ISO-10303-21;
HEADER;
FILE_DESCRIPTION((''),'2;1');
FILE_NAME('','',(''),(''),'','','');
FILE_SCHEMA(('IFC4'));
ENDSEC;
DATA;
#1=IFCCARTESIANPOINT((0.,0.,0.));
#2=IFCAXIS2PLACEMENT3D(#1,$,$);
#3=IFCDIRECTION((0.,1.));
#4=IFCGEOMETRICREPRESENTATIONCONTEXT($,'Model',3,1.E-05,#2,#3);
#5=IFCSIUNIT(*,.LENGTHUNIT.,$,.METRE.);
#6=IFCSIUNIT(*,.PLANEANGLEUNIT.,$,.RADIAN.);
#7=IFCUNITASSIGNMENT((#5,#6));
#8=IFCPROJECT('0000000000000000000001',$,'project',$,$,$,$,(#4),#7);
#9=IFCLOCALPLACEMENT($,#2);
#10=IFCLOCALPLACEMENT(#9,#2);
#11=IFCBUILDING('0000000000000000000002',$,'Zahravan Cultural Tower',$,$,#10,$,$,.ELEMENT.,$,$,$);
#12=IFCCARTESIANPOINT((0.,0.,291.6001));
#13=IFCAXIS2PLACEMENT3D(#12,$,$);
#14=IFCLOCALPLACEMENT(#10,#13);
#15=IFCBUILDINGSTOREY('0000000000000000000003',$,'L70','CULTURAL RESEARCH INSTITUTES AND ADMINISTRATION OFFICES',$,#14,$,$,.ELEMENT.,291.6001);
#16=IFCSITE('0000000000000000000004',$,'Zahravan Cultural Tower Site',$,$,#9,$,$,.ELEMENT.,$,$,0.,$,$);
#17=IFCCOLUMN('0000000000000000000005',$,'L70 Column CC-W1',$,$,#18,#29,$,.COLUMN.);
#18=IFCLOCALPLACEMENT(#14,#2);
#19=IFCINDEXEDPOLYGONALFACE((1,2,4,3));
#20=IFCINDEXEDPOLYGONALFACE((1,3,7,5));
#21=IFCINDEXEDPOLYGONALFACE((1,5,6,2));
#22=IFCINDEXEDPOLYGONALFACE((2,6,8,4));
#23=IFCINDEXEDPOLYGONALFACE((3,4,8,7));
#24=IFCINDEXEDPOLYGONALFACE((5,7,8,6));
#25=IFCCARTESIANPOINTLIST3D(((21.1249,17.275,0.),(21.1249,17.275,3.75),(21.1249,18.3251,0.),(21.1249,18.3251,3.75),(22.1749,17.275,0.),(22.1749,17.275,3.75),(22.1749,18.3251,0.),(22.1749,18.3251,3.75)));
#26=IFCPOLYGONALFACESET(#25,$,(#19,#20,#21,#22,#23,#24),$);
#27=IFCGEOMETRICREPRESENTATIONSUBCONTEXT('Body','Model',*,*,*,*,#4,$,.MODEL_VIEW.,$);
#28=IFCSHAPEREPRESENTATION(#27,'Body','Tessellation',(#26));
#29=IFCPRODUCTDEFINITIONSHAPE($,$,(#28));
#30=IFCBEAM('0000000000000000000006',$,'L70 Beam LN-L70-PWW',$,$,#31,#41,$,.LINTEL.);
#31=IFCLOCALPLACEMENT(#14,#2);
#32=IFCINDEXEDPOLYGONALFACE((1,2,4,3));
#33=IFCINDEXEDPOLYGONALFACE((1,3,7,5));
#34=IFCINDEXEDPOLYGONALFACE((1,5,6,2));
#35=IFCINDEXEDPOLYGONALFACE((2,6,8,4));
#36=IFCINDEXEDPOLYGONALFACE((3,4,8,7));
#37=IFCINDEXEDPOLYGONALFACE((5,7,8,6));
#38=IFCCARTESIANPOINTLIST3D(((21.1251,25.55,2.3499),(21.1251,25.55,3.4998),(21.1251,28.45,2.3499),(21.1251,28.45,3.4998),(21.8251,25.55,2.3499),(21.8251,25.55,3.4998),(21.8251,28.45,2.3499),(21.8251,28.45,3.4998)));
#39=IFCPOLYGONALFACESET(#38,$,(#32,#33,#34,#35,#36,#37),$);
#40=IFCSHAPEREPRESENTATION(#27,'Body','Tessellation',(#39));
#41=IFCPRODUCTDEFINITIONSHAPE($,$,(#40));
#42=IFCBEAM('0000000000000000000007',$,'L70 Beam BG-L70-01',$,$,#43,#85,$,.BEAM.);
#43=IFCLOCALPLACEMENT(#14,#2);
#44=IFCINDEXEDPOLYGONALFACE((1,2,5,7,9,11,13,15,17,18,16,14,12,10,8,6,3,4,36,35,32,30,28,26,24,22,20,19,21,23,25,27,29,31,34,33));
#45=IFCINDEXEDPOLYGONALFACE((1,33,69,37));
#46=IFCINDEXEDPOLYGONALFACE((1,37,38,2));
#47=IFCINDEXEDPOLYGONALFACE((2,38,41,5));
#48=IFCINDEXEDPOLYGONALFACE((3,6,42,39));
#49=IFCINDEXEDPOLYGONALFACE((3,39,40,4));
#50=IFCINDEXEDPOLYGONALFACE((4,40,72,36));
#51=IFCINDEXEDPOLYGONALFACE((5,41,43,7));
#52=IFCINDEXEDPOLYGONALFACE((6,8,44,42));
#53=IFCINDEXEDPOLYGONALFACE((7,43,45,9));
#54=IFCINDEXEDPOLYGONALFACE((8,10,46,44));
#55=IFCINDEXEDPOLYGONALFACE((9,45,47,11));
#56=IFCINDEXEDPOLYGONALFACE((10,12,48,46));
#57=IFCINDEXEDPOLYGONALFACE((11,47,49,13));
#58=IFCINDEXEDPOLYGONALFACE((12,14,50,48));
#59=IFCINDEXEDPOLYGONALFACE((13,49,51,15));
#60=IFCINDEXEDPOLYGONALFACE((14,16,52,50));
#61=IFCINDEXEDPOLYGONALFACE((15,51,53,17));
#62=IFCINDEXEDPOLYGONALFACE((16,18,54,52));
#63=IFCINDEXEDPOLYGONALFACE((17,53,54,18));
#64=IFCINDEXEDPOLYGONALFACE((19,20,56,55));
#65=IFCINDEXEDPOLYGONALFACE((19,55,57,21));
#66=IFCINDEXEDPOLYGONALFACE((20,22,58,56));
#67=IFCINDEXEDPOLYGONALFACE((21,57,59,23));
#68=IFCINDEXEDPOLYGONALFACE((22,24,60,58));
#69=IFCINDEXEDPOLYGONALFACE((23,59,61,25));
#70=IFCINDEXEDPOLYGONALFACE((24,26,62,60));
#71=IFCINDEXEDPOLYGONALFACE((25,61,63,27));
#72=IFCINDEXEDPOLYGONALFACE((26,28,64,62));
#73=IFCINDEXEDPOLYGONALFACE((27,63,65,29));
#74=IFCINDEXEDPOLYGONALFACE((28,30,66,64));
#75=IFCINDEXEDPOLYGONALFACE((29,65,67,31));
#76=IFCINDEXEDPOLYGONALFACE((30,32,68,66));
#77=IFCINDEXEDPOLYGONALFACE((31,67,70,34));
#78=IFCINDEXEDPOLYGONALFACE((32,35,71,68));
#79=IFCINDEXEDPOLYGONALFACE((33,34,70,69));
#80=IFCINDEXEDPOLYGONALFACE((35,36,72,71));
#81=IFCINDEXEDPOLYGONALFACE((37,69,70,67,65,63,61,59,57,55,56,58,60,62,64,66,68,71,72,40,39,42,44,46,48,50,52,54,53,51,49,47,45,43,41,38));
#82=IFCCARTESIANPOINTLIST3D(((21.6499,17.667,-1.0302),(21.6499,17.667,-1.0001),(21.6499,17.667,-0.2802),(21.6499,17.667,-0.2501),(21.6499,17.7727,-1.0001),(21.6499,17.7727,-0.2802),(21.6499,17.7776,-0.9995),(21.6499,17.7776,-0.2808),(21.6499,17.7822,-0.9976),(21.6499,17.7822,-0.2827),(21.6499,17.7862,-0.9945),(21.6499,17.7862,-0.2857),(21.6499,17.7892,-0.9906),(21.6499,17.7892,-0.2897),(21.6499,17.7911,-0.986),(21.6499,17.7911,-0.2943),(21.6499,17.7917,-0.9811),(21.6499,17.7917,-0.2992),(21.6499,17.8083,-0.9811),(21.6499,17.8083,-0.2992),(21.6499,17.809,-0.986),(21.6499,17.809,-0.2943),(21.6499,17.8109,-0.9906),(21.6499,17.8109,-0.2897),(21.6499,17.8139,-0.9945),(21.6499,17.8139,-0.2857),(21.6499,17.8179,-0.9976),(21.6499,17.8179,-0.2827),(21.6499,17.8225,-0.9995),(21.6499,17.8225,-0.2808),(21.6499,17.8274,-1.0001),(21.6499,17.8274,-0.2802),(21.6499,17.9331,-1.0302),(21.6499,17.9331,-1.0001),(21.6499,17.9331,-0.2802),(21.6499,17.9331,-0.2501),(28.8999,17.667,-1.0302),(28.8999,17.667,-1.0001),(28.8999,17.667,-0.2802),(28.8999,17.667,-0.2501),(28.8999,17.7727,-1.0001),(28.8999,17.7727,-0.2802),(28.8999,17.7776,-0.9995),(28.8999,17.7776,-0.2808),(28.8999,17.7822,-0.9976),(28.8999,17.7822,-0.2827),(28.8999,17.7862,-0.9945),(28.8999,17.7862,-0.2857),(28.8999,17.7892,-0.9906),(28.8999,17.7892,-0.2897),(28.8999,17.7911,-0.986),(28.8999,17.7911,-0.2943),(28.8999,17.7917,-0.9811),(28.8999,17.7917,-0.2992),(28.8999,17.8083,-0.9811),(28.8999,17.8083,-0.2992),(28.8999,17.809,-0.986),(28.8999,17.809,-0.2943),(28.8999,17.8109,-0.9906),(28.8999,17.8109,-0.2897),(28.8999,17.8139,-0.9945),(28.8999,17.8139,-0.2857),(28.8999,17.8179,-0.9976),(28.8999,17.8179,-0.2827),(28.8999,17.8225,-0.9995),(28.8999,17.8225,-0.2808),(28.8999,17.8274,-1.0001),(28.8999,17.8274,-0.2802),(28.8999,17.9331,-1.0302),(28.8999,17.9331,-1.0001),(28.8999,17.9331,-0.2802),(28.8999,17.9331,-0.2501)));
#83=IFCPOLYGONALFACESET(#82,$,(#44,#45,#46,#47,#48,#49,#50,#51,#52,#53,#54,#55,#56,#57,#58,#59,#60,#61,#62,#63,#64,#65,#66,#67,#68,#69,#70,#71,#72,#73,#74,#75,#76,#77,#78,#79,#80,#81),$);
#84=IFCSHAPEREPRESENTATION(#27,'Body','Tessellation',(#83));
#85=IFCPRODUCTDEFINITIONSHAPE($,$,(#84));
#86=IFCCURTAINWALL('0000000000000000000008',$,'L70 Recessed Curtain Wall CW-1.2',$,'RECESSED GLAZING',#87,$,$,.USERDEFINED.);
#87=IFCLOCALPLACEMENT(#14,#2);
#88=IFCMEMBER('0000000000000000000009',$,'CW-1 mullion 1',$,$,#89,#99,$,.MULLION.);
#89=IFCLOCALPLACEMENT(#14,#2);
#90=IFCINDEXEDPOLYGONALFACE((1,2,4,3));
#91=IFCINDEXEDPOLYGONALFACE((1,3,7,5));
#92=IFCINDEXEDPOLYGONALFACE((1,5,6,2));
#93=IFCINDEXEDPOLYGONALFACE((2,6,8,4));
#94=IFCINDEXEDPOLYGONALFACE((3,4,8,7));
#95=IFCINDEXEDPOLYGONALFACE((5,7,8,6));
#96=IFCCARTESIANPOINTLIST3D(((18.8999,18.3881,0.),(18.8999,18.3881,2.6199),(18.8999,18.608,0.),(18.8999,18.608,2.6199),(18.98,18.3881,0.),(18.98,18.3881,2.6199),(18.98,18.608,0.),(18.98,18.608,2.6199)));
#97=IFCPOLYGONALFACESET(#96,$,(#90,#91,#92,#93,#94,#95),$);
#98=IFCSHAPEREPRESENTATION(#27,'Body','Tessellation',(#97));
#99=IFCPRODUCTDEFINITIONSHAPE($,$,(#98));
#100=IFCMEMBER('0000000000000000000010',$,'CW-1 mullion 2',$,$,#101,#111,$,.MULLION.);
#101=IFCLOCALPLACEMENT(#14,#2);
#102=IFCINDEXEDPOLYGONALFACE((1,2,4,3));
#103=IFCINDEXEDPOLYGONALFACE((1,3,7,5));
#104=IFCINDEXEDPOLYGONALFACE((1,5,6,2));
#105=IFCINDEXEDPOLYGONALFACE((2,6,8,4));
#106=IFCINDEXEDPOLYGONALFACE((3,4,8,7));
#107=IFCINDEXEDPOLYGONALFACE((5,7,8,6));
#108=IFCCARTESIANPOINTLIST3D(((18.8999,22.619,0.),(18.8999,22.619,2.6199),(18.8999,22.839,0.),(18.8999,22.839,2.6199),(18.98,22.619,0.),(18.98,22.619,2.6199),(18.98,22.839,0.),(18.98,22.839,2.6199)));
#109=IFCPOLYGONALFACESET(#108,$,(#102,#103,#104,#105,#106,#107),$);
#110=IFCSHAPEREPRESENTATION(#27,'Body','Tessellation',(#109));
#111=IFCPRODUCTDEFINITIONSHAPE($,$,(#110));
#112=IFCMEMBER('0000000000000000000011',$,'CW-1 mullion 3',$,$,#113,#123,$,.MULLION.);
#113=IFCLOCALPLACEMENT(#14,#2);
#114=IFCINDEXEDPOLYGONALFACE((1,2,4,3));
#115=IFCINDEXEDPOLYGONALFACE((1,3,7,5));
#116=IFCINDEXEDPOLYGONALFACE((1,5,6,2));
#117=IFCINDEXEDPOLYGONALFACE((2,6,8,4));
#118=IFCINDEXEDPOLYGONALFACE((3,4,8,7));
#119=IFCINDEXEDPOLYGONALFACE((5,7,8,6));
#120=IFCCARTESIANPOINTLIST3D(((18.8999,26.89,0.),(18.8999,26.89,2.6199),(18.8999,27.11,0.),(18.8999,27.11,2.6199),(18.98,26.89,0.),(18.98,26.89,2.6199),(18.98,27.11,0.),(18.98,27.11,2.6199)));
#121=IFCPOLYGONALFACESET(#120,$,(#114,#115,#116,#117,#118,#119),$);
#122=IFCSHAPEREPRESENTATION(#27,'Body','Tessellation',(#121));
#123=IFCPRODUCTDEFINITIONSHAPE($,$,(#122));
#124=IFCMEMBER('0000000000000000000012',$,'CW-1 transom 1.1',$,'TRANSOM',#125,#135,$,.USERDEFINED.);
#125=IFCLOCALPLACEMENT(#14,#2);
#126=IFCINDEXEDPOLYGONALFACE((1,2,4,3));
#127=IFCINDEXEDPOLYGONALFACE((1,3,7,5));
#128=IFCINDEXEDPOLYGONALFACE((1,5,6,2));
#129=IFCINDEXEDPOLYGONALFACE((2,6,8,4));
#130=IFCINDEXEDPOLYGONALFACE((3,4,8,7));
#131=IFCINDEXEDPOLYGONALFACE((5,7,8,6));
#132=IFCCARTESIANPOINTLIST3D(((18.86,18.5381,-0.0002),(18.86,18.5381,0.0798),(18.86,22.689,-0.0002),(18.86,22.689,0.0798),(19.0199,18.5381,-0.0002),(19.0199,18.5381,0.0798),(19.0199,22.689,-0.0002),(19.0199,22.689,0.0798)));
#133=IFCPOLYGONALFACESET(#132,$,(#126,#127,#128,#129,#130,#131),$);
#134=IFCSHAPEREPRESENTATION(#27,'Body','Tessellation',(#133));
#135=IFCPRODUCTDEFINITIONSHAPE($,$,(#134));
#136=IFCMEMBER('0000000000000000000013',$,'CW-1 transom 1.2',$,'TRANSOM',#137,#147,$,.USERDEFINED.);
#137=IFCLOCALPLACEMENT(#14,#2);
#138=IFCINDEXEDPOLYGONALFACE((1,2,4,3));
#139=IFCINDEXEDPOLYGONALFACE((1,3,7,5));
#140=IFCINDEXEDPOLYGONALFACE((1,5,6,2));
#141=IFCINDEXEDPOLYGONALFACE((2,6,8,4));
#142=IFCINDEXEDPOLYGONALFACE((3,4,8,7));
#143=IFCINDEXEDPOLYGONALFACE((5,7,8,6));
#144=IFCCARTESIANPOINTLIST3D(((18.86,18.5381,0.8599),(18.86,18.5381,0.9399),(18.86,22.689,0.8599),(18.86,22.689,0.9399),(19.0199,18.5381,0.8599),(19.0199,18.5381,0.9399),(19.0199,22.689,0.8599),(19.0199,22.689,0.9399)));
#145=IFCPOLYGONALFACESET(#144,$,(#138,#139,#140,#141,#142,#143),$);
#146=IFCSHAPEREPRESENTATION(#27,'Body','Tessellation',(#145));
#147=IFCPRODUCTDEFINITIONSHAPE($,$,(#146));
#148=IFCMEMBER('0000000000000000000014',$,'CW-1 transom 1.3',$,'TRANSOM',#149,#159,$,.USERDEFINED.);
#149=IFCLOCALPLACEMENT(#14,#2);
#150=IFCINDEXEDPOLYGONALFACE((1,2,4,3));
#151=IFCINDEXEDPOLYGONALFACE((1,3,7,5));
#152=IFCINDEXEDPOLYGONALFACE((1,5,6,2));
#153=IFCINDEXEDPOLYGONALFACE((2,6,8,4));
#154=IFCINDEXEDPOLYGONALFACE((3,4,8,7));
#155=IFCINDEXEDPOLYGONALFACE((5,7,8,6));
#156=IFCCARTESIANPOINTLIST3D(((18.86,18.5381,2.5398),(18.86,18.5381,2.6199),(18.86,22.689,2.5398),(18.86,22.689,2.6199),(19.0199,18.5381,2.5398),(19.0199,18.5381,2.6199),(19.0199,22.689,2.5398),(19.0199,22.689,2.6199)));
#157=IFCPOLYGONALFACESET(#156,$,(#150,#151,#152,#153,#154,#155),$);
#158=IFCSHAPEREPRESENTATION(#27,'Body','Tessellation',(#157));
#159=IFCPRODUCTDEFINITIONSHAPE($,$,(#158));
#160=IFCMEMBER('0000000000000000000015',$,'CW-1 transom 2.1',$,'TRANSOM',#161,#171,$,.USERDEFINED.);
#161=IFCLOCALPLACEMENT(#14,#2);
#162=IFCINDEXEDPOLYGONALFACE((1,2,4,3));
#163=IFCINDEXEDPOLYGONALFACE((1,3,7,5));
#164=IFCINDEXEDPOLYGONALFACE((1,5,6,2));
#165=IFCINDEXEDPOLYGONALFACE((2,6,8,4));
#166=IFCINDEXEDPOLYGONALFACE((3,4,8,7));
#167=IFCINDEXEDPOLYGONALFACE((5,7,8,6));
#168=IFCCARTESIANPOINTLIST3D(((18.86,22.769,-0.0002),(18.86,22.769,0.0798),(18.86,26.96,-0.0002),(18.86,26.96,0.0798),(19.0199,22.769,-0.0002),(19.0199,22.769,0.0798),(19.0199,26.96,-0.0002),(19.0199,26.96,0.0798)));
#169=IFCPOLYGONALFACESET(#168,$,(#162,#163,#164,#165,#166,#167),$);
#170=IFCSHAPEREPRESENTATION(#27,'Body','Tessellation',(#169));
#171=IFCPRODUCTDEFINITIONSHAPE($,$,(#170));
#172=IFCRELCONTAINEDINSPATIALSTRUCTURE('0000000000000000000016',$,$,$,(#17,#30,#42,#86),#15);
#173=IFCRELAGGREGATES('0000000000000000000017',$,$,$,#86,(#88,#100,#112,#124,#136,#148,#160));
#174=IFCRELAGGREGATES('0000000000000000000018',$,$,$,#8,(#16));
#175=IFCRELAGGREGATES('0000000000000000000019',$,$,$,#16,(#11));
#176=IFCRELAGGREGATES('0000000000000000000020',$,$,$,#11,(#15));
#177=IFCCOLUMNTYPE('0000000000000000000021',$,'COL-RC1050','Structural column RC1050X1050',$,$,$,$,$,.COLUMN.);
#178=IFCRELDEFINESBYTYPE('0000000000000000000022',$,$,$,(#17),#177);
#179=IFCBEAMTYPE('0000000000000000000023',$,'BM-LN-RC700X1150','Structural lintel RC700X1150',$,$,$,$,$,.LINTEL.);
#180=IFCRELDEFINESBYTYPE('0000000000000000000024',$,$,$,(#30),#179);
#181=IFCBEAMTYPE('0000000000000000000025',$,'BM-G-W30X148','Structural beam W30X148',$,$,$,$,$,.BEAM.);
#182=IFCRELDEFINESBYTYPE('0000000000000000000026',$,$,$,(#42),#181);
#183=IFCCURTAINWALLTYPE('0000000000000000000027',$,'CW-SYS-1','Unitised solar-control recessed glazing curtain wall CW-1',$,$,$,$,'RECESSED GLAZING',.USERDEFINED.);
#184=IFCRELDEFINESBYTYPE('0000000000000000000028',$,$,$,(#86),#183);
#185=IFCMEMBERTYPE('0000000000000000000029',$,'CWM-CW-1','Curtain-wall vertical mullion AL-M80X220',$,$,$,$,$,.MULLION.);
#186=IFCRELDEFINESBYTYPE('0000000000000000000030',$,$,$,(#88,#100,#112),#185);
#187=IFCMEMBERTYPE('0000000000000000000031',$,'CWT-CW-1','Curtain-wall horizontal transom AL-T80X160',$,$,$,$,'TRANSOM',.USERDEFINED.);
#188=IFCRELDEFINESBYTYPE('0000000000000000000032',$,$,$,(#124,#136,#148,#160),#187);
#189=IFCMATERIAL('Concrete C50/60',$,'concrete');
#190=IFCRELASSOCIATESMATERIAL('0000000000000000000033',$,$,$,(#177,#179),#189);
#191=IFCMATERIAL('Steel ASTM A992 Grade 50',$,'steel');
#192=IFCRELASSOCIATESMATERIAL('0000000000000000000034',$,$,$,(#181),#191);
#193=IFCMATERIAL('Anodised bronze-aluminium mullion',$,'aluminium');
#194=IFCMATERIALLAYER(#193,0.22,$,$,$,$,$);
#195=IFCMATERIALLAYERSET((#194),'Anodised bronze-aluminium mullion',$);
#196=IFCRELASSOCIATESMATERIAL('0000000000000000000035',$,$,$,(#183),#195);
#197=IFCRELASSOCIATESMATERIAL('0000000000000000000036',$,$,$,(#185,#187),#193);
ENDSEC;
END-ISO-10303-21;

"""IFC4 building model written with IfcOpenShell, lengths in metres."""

from ifc_helpers import new_model, si_unit, direction, frame, origin, origin_2d, place, context, subcontext, project, spatial, rectangle, i_section, extrude, source, transform, mapped, material, layer, layer_set, material_profile, profile_set, type_object, element, aggregate, save


model = new_model("IFC4")

# Units and contexts
model_context = context("Model", 3, precision=1e-05, world=origin(), true_north=direction((0.0, 1.0)))
body_context = subcontext(model_context, "Body", "Model", "MODEL_VIEW")
ifc_project = project(units=[si_unit("LENGTHUNIT", "METRE"), si_unit("PLANEANGLEUNIT", "RADIAN")], contexts=[model_context])

# Site, building, storey
site_placement = place(None, origin())
site = spatial("IfcSite", under=ifc_project, at=site_placement, Name="Zahravan Cultural Tower Site", CompositionType="ELEMENT", RefElevation=0.0)
building_placement = place(site_placement, origin())
building = spatial("IfcBuilding", under=site, at=building_placement, Name="Zahravan Cultural Tower", CompositionType="ELEMENT")
storey_placement = place(building_placement, frame((0.0, 0.0, 291.6001)))
storey = spatial("IfcBuildingStorey", under=building, at=storey_placement, Name="L70", Description="CULTURAL RESEARCH INSTITUTES AND ADMINISTRATION OFFICES", CompositionType="ELEMENT", Elevation=291.6001)

# Column
ifc_material_1 = material(Name="Concrete C50/60", Category="concrete")
ifc_material_profile_1 = material_profile(ifc_material_1, rectangle(XDim=1.05, YDim=1.05, at=origin_2d()), Name="RC1050X1050")
ifc_profile_set_1 = profile_set([ifc_material_profile_1], Name="Concrete C50/60")
column_type = type_object("IfcColumnType", Name="COL-RC1050", Description="Structural column RC1050X1050", PredefinedType="COLUMN", material=ifc_profile_set_1)
shared_shape_1 = source(origin(), body_context, "Body", "SweptSolid", [
    extrude(rectangle(XDim=1.05, YDim=1.05, at=origin_2d()), origin(), (0.0, 0.0, 1.0), 3.75),
])
column_placement = place(storey_placement, frame((21.6499, 17.8, 0.0), z_axis=(0.0, 0.0, 1.0), x_axis=(1.0, 0.0, 0.0)))
element("IfcColumn", 1, at=column_placement, inside=storey, type_object=column_type, Name="L70 Column CC-W1", PredefinedType="COLUMN", context=body_context, shape_type="MappedRepresentation", body=[
    mapped(shared_shape_1, transform((0.0, 0.0, 0.0), x_axis=(1.0, 0.0, 0.0), y_axis=(0.0, 1.0, 0.0), z_axis=(0.0, 0.0, 1.0), scale=1.0)),
])

# Beams
ifc_material_profile_2 = material_profile(ifc_material_1, rectangle(XDim=0.7, YDim=1.1499, at=origin_2d()), Name="RC700X1150")
ifc_profile_set_2 = profile_set([ifc_material_profile_2], Name="Concrete C50/60")
beam_type_1 = type_object("IfcBeamType", Name="BM-LN-RC700X1150", Description="Structural lintel RC700X1150", PredefinedType="LINTEL", material=ifc_profile_set_2)
shared_shape_2 = source(origin(), body_context, "Body", "SweptSolid", [
    extrude(rectangle(XDim=0.7, YDim=1.1499, at=origin_2d()), origin(), (0.0, 0.0, 1.0), 2.8999),
])
beam_1_placement = place(storey_placement, frame((21.4751, 25.55, 2.9248), z_axis=(0.0, 1.0, 0.0), x_axis=(-1.0, 0.0, 0.0)))
element("IfcBeam", 2, at=beam_1_placement, inside=storey, type_object=beam_type_1, Name="L70 Beam LN-L70-PWW", PredefinedType="LINTEL", context=body_context, shape_type="MappedRepresentation", body=[
    mapped(shared_shape_2, transform((0.0, 0.0, 0.0), x_axis=(1.0, 0.0, 0.0), y_axis=(0.0, 1.0, 0.0), z_axis=(0.0, 0.0, 1.0), scale=1.0)),
])
ifc_material_2 = material(Name="Steel ASTM A992 Grade 50", Category="steel")
ifc_material_profile_3 = material_profile(ifc_material_2, i_section(OverallWidth=0.2661, OverallDepth=0.78, WebThickness=0.0166, FlangeThickness=0.03, FilletRadius=0.019, at=origin_2d()), Name="W30X148")
ifc_profile_set_3 = profile_set([ifc_material_profile_3], Name="Steel ASTM A992 Grade 50")
beam_type_2 = type_object("IfcBeamType", Name="BM-G-W30X148", Description="Structural beam W30X148", PredefinedType="BEAM", material=ifc_profile_set_3)
shared_shape_3 = source(origin(), body_context, "Body", "SweptSolid", [
    extrude(i_section(OverallWidth=0.2661, OverallDepth=0.78, WebThickness=0.0166, FlangeThickness=0.03, FilletRadius=0.019, at=origin_2d()), origin(), (0.0, 0.0, 1.0), 7.25),
])
beam_2_placement = place(storey_placement, frame((21.6499, 17.8, -0.6401), z_axis=(1.0, 0.0, 0.0), x_axis=(0.0, 1.0, 0.0)))
element("IfcBeam", 3, at=beam_2_placement, inside=storey, type_object=beam_type_2, Name="L70 Beam BG-L70-01", PredefinedType="BEAM", context=body_context, shape_type="MappedRepresentation", body=[
    mapped(shared_shape_3, transform((0.0, 0.0, 0.0), x_axis=(1.0, 0.0, 0.0), y_axis=(0.0, 1.0, 0.0), z_axis=(0.0, 0.0, 1.0), scale=1.0)),
])

# Curtain wall, members
ifc_material_3 = material(Name="Anodised bronze-aluminium mullion", Category="aluminium")
ifc_layer_1 = layer(ifc_material_3, 0.22)
ifc_layer_set_1 = layer_set([ifc_layer_1], Name="Anodised bronze-aluminium mullion")
curtain_wall_type = type_object("IfcCurtainWallType", Name="CW-SYS-1", Description="Unitised solar-control recessed glazing curtain wall CW-1", ElementType="RECESSED GLAZING", PredefinedType="USERDEFINED", material=ifc_layer_set_1)
curtain_wall_placement = place(storey_placement, origin())
curtain_wall = element("IfcCurtainWall", 4, at=curtain_wall_placement, inside=storey, type_object=curtain_wall_type, Name="L70 Recessed Curtain Wall CW-1.2", ObjectType="RECESSED GLAZING", PredefinedType="USERDEFINED")
ifc_material_profile_4 = material_profile(ifc_material_3, rectangle(XDim=0.0801, YDim=0.22, at=origin_2d()), Name="AL-M80X220")
ifc_profile_set_4 = profile_set([ifc_material_profile_4], Name="Anodised bronze-aluminium mullion")
member_type_1 = type_object("IfcMemberType", Name="CWM-CW-1", Description="Curtain-wall vertical mullion AL-M80X220", PredefinedType="MULLION", material=ifc_profile_set_4)
shared_shape_4 = source(origin(), body_context, "Body", "SweptSolid", [
    extrude(rectangle(XDim=0.0801, YDim=0.22, at=origin_2d()), origin(), (0.0, 0.0, 1.0), 2.6199),
])
member_1_placement = place(storey_placement, frame((18.9399, 18.498, 0.0), z_axis=(0.0, 0.0, 1.0), x_axis=(-1.0, 0.0, 0.0)))
member_1 = element("IfcMember", 5, at=member_1_placement, type_object=member_type_1, Name="CW-1 mullion 1", PredefinedType="MULLION", context=body_context, shape_type="MappedRepresentation", body=[
    mapped(shared_shape_4, transform((0.0, 0.0, 0.0), x_axis=(1.0, 0.0, 0.0), y_axis=(0.0, 1.0, 0.0), z_axis=(0.0, 0.0, 1.0), scale=1.0)),
])
member_2_placement = place(storey_placement, frame((18.9399, 22.729, 0.0), z_axis=(0.0, 0.0, 1.0), x_axis=(-1.0, 0.0, 0.0)))
member_2 = element("IfcMember", 6, at=member_2_placement, type_object=member_type_1, Name="CW-1 mullion 2", PredefinedType="MULLION", context=body_context, shape_type="MappedRepresentation", body=[
    mapped(shared_shape_4, transform((0.0, 0.0, 0.0), x_axis=(1.0, 0.0, 0.0), y_axis=(0.0, 1.0, 0.0), z_axis=(0.0, 0.0, 1.0), scale=1.0)),
])
member_3_placement = place(storey_placement, frame((18.9399, 27.0, 0.0), z_axis=(0.0, 0.0, 1.0), x_axis=(-1.0, 0.0, 0.0)))
member_3 = element("IfcMember", 7, at=member_3_placement, type_object=member_type_1, Name="CW-1 mullion 3", PredefinedType="MULLION", context=body_context, shape_type="MappedRepresentation", body=[
    mapped(shared_shape_4, transform((0.0, 0.0, 0.0), x_axis=(1.0, 0.0, 0.0), y_axis=(0.0, 1.0, 0.0), z_axis=(0.0, 0.0, 1.0), scale=1.0)),
])
ifc_material_profile_5 = material_profile(ifc_material_3, rectangle(XDim=0.1599, YDim=0.0801, at=origin_2d()), Name="AL-T80X160")
ifc_profile_set_5 = profile_set([ifc_material_profile_5], Name="Anodised bronze-aluminium mullion")
member_type_2 = type_object("IfcMemberType", Name="CWT-CW-1", Description="Curtain-wall horizontal transom AL-T80X160", ElementType="TRANSOM", PredefinedType="USERDEFINED", material=ifc_profile_set_5)
shared_shape_5 = source(origin(), body_context, "Body", "SweptSolid", [
    extrude(rectangle(XDim=0.1599, YDim=0.0801, at=origin_2d()), origin(), (0.0, 0.0, 1.0), 4.1509),
])
member_4_placement = place(storey_placement, frame((18.9399, 18.5381, 0.0398), z_axis=(0.0, 1.0, 0.0), x_axis=(-1.0, 0.0, 0.0)))
member_4 = element("IfcMember", 8, at=member_4_placement, type_object=member_type_2, Name="CW-1 transom 1.1", ObjectType="TRANSOM", PredefinedType="USERDEFINED", context=body_context, shape_type="MappedRepresentation", body=[
    mapped(shared_shape_5, transform((0.0, 0.0, 0.0), x_axis=(1.0, 0.0, 0.0), y_axis=(0.0, 1.0, 0.0), z_axis=(0.0, 0.0, 1.0), scale=1.0)),
])
member_5_placement = place(storey_placement, frame((18.9399, 18.5381, 0.8999), z_axis=(0.0, 1.0, 0.0), x_axis=(-1.0, 0.0, 0.0)))
member_5 = element("IfcMember", 9, at=member_5_placement, type_object=member_type_2, Name="CW-1 transom 1.2", ObjectType="TRANSOM", PredefinedType="USERDEFINED", context=body_context, shape_type="MappedRepresentation", body=[
    mapped(shared_shape_5, transform((0.0, 0.0, 0.0), x_axis=(1.0, 0.0, 0.0), y_axis=(0.0, 1.0, 0.0), z_axis=(0.0, 0.0, 1.0), scale=1.0)),
])
member_6_placement = place(storey_placement, frame((18.9399, 18.5381, 2.5798), z_axis=(0.0, 1.0, 0.0), x_axis=(-1.0, 0.0, 0.0)))
member_6 = element("IfcMember", 10, at=member_6_placement, type_object=member_type_2, Name="CW-1 transom 1.3", ObjectType="TRANSOM", PredefinedType="USERDEFINED", context=body_context, shape_type="MappedRepresentation", body=[
    mapped(shared_shape_5, transform((0.0, 0.0, 0.0), x_axis=(1.0, 0.0, 0.0), y_axis=(0.0, 1.0, 0.0), z_axis=(0.0, 0.0, 1.0), scale=1.0)),
])
shared_shape_6 = source(origin(), body_context, "Body", "SweptSolid", [
    extrude(rectangle(XDim=0.1599, YDim=0.0801, at=origin_2d()), origin(), (0.0, 0.0, 1.0), 4.1909),
])
member_7_placement = place(storey_placement, frame((18.9399, 22.769, 0.0398), z_axis=(0.0, 1.0, 0.0), x_axis=(-1.0, 0.0, 0.0)))
member_7 = element("IfcMember", 11, at=member_7_placement, type_object=member_type_2, Name="CW-1 transom 2.1", ObjectType="TRANSOM", PredefinedType="USERDEFINED", context=body_context, shape_type="MappedRepresentation", body=[
    mapped(shared_shape_6, transform((0.0, 0.0, 0.0), x_axis=(1.0, 0.0, 0.0), y_axis=(0.0, 1.0, 0.0), z_axis=(0.0, 0.0, 1.0), scale=1.0)),
])

aggregate(curtain_wall, [member_1, member_2, member_3, member_4, member_5, member_6, member_7])

save(model, "model.ifc")
